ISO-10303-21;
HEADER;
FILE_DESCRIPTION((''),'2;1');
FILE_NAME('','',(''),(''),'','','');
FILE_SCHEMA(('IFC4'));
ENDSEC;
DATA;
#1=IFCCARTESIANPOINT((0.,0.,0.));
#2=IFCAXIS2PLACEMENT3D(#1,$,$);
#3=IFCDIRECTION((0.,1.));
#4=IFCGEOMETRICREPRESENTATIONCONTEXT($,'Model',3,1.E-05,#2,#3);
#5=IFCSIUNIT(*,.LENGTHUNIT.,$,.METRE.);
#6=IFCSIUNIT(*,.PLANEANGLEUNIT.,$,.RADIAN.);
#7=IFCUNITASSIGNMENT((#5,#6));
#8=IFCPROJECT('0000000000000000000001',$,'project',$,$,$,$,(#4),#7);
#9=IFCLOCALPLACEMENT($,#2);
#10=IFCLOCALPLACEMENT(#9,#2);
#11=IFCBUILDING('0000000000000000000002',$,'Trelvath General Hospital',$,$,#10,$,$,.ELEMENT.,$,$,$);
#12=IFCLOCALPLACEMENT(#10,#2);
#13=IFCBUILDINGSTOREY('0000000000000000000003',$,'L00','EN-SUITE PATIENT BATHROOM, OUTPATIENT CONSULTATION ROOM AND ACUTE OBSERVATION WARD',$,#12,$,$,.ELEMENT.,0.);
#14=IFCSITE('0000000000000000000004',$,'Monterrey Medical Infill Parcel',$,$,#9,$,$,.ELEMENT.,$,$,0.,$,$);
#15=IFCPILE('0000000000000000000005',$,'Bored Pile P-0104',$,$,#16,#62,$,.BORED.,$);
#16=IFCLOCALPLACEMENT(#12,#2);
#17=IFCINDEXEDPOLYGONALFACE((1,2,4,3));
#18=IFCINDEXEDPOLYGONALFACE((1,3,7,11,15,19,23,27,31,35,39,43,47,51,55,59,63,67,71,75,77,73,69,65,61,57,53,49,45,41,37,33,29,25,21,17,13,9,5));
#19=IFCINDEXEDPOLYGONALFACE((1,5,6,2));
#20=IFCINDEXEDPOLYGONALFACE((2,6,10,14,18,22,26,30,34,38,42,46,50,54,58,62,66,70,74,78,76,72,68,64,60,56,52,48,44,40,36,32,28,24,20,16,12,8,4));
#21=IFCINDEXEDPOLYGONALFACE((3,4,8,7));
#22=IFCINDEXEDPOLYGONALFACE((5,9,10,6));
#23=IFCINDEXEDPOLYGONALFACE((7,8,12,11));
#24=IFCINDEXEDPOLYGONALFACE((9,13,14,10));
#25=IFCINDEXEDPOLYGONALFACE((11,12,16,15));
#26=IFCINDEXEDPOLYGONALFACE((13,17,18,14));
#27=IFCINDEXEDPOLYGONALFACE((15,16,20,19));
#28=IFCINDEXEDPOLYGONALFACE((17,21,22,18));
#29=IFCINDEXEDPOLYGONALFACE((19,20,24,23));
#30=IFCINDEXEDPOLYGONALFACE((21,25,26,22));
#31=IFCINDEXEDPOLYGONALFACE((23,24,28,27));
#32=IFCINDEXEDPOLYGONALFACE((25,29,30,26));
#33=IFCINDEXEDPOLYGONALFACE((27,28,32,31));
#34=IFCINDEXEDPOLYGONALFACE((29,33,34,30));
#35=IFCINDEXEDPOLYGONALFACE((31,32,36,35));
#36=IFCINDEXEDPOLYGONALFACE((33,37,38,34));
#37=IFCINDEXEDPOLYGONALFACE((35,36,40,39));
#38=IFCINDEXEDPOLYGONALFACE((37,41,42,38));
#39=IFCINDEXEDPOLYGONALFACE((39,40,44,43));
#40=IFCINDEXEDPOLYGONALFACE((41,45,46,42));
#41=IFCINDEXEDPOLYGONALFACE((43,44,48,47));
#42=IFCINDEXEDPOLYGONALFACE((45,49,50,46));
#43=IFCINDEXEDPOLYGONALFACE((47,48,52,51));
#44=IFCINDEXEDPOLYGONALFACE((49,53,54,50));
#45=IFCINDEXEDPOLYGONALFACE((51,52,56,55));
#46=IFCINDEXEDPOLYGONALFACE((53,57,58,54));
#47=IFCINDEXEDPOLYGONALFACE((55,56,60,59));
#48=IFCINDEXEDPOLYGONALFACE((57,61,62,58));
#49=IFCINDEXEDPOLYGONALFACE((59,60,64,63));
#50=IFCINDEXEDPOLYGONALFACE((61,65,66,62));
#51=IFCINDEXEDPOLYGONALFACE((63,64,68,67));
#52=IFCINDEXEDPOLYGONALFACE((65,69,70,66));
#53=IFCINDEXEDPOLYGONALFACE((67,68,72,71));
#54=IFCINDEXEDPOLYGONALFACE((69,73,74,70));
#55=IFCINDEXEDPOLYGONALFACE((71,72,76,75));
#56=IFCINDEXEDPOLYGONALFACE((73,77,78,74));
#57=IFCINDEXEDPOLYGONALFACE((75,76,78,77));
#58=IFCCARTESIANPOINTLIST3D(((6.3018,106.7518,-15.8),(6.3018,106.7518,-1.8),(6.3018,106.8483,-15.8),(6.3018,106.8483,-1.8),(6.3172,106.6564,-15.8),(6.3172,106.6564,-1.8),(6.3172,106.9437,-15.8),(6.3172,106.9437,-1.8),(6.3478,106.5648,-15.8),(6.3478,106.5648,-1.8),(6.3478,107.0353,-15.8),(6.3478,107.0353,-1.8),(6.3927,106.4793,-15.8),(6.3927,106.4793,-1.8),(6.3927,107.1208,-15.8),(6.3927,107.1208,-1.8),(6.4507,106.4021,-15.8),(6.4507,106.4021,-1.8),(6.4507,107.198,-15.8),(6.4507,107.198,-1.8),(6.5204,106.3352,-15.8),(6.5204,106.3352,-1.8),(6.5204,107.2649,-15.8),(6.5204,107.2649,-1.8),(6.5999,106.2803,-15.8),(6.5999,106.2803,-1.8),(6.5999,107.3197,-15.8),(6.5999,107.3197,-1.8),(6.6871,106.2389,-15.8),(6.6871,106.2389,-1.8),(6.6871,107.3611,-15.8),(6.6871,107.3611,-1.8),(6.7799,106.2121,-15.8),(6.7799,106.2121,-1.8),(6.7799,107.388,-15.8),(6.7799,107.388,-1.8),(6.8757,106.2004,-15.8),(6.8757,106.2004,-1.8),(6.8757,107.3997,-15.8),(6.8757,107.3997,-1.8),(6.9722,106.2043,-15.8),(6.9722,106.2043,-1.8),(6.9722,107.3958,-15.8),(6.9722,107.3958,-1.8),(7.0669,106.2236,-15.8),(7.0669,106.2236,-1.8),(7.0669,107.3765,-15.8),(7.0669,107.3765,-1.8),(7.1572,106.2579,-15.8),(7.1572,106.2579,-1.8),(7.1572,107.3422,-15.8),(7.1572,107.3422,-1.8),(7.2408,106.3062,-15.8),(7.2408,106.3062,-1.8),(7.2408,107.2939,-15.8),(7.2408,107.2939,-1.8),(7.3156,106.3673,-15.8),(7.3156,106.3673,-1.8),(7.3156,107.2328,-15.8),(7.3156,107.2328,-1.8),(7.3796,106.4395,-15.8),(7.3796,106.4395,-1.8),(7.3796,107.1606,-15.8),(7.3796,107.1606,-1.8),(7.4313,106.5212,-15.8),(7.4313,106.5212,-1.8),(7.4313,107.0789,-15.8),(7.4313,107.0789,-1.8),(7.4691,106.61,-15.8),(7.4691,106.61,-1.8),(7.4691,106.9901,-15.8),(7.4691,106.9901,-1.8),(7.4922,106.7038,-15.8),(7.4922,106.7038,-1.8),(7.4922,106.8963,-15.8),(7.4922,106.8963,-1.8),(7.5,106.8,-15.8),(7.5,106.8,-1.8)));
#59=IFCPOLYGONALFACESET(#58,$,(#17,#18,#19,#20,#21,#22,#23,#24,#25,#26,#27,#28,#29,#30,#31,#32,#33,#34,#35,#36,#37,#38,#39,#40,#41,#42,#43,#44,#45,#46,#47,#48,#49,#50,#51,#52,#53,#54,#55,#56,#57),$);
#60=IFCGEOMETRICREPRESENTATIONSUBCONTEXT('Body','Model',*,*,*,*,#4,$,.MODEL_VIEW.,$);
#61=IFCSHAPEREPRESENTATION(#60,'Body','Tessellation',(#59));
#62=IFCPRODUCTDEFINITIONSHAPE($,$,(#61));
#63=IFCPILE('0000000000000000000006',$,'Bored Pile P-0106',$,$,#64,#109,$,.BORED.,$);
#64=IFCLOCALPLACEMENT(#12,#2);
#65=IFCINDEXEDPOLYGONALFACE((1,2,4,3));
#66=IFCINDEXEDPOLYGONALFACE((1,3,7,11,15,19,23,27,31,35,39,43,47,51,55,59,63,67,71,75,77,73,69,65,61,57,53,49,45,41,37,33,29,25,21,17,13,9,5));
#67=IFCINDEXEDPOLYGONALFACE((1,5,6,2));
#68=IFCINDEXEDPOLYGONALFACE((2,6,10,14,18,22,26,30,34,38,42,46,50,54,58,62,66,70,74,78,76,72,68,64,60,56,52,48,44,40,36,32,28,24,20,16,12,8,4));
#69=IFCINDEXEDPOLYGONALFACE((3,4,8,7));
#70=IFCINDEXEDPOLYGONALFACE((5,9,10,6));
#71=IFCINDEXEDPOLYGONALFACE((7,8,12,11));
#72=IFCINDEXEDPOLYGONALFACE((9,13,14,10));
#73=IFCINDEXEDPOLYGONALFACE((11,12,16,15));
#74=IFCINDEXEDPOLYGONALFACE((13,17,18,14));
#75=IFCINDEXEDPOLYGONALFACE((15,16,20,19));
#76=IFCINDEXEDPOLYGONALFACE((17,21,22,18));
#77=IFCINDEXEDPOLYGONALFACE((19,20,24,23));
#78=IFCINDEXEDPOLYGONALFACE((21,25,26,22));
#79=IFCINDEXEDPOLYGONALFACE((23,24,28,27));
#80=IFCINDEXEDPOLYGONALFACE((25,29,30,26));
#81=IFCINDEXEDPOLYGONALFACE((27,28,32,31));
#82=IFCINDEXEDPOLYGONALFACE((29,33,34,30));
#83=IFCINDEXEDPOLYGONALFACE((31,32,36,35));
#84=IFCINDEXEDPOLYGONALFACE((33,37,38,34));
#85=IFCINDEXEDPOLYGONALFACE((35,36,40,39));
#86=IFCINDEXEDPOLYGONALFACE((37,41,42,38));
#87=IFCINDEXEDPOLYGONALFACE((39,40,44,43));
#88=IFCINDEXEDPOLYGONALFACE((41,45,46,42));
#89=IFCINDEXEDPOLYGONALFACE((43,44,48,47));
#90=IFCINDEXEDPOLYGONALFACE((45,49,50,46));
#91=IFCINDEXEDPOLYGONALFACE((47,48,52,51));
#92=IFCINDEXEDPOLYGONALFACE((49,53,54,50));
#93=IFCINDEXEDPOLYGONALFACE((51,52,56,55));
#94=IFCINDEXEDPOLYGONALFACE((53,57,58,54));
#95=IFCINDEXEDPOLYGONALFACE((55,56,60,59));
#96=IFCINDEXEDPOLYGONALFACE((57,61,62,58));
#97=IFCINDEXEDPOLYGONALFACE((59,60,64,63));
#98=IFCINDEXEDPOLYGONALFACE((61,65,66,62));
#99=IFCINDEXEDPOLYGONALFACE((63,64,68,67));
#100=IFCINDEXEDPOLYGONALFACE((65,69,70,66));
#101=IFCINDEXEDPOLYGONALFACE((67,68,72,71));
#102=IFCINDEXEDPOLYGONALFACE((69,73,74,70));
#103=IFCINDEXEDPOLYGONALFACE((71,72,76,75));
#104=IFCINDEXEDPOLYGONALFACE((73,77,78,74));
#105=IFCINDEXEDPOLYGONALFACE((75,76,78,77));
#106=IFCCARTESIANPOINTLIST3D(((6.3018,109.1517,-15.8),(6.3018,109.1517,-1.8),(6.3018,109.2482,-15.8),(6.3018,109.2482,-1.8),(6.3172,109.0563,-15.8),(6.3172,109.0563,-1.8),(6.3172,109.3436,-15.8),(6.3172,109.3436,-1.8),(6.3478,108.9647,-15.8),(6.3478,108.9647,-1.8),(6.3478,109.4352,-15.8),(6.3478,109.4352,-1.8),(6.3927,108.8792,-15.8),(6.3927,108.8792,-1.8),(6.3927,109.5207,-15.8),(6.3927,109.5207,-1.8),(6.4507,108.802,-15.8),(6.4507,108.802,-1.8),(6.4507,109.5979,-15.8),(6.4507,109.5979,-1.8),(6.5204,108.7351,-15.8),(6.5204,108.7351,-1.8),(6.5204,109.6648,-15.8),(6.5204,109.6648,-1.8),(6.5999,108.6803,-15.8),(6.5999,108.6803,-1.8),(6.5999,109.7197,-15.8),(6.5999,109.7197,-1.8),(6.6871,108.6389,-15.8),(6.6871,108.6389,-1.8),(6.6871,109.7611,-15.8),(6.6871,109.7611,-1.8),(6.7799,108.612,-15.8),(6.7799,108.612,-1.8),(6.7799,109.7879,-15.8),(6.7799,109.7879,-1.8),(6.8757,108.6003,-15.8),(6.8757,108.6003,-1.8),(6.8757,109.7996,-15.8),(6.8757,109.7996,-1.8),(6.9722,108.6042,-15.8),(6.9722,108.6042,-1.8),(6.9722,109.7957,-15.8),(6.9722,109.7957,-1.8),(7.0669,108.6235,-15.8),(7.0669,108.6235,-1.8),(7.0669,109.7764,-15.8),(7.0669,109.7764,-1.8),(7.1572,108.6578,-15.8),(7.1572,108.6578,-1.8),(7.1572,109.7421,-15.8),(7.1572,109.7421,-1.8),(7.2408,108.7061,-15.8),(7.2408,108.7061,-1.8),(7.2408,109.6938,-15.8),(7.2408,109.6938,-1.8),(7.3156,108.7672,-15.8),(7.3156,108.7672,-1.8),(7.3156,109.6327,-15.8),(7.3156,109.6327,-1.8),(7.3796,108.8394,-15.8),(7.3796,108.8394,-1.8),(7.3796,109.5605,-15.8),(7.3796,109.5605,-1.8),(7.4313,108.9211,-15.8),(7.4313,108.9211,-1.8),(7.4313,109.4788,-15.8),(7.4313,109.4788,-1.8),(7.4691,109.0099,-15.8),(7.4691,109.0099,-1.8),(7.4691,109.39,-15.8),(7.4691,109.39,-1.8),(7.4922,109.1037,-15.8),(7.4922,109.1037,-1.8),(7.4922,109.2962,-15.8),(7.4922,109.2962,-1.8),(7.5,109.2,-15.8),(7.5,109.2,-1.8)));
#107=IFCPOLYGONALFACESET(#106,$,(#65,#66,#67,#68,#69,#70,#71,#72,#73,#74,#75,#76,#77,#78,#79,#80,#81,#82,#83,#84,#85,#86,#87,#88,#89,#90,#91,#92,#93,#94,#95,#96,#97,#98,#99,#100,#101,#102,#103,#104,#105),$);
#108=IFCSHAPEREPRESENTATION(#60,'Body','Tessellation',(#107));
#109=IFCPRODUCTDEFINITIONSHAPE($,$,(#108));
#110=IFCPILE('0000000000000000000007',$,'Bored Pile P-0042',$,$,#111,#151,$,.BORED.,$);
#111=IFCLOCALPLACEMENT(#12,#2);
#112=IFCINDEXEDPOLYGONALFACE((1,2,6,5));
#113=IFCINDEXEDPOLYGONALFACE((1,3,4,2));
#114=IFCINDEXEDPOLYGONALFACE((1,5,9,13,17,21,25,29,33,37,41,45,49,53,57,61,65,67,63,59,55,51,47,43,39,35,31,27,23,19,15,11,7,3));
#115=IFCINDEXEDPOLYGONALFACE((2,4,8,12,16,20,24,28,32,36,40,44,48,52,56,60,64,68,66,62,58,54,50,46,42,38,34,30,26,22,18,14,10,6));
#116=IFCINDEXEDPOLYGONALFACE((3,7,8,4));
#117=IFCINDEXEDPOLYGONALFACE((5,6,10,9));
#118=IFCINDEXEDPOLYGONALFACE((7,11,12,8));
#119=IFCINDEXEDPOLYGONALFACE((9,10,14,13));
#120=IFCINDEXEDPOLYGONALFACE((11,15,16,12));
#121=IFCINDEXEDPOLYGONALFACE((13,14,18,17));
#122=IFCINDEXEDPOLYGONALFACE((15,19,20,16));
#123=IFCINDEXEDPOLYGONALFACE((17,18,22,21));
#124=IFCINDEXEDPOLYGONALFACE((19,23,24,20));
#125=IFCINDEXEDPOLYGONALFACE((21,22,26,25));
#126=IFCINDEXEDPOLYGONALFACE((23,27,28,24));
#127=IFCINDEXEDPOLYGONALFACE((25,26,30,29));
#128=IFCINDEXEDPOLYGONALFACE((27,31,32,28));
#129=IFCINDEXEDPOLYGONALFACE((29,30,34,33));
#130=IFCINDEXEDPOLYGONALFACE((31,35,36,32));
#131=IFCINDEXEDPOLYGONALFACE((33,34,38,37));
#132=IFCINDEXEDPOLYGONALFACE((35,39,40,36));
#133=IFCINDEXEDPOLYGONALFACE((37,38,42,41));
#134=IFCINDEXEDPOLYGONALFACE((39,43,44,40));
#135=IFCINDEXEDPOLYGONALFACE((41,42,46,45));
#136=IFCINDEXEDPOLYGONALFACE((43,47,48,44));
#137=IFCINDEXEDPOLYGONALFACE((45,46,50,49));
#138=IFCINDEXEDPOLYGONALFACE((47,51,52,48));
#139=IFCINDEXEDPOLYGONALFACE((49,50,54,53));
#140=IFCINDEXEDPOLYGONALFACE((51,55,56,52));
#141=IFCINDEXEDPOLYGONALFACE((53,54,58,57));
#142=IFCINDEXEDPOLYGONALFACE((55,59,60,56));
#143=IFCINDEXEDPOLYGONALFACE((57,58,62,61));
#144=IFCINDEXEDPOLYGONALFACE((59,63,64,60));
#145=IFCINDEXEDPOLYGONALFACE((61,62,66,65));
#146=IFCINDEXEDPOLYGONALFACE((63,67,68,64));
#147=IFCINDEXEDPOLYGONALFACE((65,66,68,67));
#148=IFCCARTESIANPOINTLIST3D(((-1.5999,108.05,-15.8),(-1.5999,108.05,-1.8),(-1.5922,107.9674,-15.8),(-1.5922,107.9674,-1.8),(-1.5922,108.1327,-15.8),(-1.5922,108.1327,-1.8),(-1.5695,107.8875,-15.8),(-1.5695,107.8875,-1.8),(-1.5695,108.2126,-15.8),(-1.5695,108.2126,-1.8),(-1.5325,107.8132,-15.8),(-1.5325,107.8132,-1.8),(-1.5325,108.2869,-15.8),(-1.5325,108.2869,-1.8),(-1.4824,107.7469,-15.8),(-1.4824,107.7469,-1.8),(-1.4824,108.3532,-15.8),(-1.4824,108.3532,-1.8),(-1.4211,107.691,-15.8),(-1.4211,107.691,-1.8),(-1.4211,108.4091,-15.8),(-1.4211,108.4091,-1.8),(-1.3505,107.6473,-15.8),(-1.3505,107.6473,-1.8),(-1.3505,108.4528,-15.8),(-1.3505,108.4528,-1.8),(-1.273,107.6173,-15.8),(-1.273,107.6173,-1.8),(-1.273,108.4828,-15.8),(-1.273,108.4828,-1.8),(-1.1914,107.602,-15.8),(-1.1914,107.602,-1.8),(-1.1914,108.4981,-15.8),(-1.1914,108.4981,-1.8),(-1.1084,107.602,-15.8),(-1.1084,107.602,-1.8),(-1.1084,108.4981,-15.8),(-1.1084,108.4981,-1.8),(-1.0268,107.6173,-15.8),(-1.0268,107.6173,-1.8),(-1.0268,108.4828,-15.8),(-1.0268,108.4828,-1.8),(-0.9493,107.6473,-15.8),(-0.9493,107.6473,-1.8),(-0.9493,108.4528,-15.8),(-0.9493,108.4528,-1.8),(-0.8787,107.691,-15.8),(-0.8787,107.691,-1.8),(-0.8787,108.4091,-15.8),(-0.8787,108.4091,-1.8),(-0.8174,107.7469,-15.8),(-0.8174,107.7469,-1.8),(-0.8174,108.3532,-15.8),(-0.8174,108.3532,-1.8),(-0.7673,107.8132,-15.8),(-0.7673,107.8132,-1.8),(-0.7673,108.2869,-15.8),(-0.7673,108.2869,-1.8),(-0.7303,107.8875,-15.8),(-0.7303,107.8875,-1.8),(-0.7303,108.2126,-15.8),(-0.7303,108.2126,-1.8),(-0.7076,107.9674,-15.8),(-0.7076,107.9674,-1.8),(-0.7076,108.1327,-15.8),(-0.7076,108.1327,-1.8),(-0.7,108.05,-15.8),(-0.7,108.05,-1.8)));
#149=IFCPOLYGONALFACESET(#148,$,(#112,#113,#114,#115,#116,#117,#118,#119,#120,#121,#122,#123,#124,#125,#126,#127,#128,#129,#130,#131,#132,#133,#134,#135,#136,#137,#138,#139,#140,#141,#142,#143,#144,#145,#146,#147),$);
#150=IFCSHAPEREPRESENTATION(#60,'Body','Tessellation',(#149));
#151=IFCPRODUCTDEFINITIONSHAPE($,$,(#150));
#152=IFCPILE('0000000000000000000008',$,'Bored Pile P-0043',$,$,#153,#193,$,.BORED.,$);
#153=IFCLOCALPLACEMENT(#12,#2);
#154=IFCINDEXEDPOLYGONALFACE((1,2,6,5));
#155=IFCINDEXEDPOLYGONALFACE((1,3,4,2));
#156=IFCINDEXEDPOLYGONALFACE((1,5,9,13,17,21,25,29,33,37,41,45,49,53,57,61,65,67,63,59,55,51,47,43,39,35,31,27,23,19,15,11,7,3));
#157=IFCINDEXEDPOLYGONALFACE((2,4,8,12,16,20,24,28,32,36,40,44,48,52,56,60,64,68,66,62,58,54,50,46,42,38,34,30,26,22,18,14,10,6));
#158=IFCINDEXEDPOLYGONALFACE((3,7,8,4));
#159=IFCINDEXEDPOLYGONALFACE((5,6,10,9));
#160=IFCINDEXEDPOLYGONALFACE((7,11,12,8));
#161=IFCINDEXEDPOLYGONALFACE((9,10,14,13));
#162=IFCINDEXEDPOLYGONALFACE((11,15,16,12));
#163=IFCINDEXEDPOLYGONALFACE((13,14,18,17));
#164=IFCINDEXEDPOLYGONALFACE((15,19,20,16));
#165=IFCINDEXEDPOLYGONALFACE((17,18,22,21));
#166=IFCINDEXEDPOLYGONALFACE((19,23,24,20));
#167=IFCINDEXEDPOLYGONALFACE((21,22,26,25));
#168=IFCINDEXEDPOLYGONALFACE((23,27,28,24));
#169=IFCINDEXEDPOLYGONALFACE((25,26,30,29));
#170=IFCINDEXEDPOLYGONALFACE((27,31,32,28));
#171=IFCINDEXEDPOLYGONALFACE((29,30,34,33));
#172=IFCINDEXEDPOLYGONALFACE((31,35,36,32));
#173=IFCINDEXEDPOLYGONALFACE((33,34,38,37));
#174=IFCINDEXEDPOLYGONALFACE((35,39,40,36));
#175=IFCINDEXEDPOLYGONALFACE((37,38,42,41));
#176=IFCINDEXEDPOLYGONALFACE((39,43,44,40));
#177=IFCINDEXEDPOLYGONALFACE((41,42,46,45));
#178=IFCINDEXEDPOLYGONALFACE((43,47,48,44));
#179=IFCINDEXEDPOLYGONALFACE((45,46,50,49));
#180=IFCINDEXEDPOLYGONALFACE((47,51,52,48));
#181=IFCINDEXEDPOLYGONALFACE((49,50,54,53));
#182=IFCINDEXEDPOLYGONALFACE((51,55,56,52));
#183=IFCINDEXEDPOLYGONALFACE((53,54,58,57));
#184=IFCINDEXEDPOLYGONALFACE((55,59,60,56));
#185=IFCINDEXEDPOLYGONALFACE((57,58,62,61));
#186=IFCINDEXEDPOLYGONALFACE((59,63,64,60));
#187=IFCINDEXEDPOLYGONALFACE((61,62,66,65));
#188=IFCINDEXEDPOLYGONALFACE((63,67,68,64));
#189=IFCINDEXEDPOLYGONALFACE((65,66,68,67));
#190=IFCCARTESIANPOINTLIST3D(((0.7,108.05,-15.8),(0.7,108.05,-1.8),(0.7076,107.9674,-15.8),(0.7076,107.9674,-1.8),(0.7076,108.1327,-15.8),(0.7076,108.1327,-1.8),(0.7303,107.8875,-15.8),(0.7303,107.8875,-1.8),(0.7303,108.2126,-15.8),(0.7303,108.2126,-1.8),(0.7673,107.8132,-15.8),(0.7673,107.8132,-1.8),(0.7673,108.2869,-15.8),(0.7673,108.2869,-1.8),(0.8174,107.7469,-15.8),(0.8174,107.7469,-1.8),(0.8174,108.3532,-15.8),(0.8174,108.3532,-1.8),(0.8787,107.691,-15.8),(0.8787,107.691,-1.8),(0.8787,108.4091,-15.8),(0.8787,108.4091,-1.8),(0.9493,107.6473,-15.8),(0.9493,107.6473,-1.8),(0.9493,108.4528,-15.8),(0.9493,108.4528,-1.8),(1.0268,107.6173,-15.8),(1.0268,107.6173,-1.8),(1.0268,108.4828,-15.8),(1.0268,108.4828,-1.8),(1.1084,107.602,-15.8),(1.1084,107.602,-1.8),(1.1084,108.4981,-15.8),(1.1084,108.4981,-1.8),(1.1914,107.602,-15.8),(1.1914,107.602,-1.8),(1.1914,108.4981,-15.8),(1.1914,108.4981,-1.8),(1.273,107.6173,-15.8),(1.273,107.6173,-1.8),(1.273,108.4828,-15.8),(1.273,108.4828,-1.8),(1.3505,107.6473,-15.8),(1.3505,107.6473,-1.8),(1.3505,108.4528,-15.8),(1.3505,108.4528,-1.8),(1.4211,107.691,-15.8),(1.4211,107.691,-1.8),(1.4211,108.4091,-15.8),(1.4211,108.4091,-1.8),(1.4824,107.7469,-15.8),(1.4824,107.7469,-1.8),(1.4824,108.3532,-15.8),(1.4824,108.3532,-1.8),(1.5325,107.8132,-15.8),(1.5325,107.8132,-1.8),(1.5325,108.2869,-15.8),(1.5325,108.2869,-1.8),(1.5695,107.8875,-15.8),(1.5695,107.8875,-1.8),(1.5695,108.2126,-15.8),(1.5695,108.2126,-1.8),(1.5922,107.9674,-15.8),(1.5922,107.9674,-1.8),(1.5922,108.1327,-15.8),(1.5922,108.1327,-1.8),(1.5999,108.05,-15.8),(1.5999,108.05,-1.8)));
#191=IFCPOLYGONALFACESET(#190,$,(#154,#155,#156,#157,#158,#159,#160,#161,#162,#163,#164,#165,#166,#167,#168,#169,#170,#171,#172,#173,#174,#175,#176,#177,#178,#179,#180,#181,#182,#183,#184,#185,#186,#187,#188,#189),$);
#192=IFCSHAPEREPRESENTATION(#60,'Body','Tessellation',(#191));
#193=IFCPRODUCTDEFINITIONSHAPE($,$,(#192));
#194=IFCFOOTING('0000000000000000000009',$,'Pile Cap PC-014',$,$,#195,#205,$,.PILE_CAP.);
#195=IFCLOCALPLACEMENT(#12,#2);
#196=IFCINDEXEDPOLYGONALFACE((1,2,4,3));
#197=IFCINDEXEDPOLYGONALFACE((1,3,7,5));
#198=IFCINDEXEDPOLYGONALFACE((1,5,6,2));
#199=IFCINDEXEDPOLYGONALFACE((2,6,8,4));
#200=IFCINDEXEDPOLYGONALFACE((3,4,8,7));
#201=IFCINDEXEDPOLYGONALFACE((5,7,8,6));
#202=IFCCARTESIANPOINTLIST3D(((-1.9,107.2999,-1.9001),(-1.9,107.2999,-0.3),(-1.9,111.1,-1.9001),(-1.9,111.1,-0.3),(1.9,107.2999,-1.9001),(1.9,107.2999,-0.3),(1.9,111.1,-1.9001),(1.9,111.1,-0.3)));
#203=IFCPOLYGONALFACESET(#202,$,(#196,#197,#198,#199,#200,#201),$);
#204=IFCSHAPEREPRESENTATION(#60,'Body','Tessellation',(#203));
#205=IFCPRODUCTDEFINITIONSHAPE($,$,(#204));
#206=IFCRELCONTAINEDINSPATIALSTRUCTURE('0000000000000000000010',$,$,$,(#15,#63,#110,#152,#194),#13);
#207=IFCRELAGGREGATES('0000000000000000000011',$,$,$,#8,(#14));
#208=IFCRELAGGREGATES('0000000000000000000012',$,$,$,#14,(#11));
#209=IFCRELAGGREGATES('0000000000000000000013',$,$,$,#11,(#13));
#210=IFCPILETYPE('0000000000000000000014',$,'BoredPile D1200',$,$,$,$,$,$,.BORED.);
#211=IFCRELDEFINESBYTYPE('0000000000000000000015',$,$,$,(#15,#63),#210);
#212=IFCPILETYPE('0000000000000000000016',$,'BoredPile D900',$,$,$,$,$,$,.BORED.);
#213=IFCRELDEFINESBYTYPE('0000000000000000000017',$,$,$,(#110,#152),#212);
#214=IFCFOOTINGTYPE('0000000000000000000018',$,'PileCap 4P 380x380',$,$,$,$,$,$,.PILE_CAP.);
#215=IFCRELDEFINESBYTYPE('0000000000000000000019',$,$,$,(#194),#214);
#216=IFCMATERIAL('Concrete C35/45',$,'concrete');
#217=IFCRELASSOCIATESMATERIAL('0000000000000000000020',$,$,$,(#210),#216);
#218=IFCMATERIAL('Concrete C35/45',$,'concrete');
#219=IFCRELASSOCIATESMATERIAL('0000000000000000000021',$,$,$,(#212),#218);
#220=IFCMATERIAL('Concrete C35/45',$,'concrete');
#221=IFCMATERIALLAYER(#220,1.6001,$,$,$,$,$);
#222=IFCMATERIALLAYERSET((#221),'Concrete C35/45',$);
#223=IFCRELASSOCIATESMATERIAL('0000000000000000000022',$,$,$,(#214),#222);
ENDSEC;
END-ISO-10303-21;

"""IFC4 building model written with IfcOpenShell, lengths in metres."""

from ifc_helpers import new_model, si_unit, direction, frame, origin, origin_2d, place, context, subcontext, project, spatial, rectangle, circle, extrude, material, layer, layer_set, material_profile, profile_set, type_object, element, save


model = new_model("IFC4")

# Units and contexts
model_context = context("Model", 3, precision=1e-05, world=origin(), true_north=direction((0.0, 1.0)))
body_context = subcontext(model_context, "Body", "Model", "MODEL_VIEW")
ifc_project = project(units=[si_unit("LENGTHUNIT", "METRE"), si_unit("PLANEANGLEUNIT", "RADIAN")], contexts=[model_context])

# Site, building, storey
site_placement = place(None, origin())
site = spatial("IfcSite", under=ifc_project, at=site_placement, Name="Monterrey Medical Infill Parcel", CompositionType="ELEMENT", RefElevation=0.0)
building_placement = place(site_placement, origin())
building = spatial("IfcBuilding", under=site, at=building_placement, Name="Trelvath General Hospital", CompositionType="ELEMENT")
storey_placement = place(building_placement, origin())
storey = spatial("IfcBuildingStorey", under=building, at=storey_placement, Name="L00", Description="EN-SUITE PATIENT BATHROOM, OUTPATIENT CONSULTATION ROOM AND ACUTE OBSERVATION WARD", CompositionType="ELEMENT", Elevation=0.0)

# Piles
ifc_material_1 = material(Name="Concrete C35/45", Category="concrete")
ifc_material_profile_1 = material_profile(ifc_material_1, circle(Radius=0.6001, at=origin_2d()), Name="PILE1200")
ifc_profile_set_1 = profile_set([ifc_material_profile_1], Name="Concrete C35/45")
pile_type_1 = type_object("IfcPileType", Name="BoredPile D1200", PredefinedType="BORED", material=ifc_profile_set_1)
for number, where, z_axis, x_axis, name in (
    (1, (6.8999, 106.8, -1.8), (0.0, 0.0, -1.0), (1.0, 0.0, 0.0), "Bored Pile P-0104"),
    (2, (6.8999, 109.2, -1.8), (0.0, 0.0, -1.0), (1.0, 0.0, 0.0), "Bored Pile P-0106"),
):
    element("IfcPile", number, at=place(storey_placement, frame(where, z_axis=z_axis, x_axis=x_axis)), inside=storey, type_object=pile_type_1, Name=name, PredefinedType="BORED", context=body_context, shape_type="SweptSolid", body=[
        extrude(circle(Radius=0.6001, at=origin_2d()), origin(), (0.0, 0.0, 1.0), 14.0),
    ])
ifc_material_2 = material(Name="Concrete C35/45", Category="concrete")
ifc_material_profile_2 = material_profile(ifc_material_2, circle(Radius=0.45, at=origin_2d()), Name="PILE900")
ifc_profile_set_2 = profile_set([ifc_material_profile_2], Name="Concrete C35/45")
pile_type_2 = type_object("IfcPileType", Name="BoredPile D900", PredefinedType="BORED", material=ifc_profile_set_2)
for number, where, z_axis, x_axis, name in (
    (3, (-1.1499, 108.05, -1.8), (0.0, 0.0, -1.0), (1.0, 0.0, 0.0), "Bored Pile P-0042"),
    (4, (1.1499, 108.05, -1.8), (0.0, 0.0, -1.0), (1.0, 0.0, 0.0), "Bored Pile P-0043"),
):
    element("IfcPile", number, at=place(storey_placement, frame(where, z_axis=z_axis, x_axis=x_axis)), inside=storey, type_object=pile_type_2, Name=name, PredefinedType="BORED", context=body_context, shape_type="SweptSolid", body=[
        extrude(circle(Radius=0.45, at=origin_2d()), origin(), (0.0, 0.0, 1.0), 14.0),
    ])

# Footing
ifc_material_3 = material(Name="Concrete C35/45", Category="concrete")
ifc_layer_1 = layer(ifc_material_3, 1.6001)
ifc_layer_set_1 = layer_set([ifc_layer_1], Name="Concrete C35/45")
footing_type_1 = type_object("IfcFootingType", Name="PileCap 4P 380x380", PredefinedType="PILE_CAP", material=ifc_layer_set_1)
footing_1_placement = place(storey_placement, frame((0.0, 109.2, -1.9001), z_axis=(0.0, 0.0, 1.0), x_axis=(1.0, 0.0, 0.0)))
element("IfcFooting", 5, at=footing_1_placement, inside=storey, type_object=footing_type_1, Name="Pile Cap PC-014", PredefinedType="PILE_CAP", context=body_context, shape_type="SweptSolid", body=[
    extrude(rectangle(XDim=3.8, YDim=3.8, at=origin_2d()), origin(), (0.0, 0.0, 1.0), 1.6001),
])

save(model, "model.ifc")
